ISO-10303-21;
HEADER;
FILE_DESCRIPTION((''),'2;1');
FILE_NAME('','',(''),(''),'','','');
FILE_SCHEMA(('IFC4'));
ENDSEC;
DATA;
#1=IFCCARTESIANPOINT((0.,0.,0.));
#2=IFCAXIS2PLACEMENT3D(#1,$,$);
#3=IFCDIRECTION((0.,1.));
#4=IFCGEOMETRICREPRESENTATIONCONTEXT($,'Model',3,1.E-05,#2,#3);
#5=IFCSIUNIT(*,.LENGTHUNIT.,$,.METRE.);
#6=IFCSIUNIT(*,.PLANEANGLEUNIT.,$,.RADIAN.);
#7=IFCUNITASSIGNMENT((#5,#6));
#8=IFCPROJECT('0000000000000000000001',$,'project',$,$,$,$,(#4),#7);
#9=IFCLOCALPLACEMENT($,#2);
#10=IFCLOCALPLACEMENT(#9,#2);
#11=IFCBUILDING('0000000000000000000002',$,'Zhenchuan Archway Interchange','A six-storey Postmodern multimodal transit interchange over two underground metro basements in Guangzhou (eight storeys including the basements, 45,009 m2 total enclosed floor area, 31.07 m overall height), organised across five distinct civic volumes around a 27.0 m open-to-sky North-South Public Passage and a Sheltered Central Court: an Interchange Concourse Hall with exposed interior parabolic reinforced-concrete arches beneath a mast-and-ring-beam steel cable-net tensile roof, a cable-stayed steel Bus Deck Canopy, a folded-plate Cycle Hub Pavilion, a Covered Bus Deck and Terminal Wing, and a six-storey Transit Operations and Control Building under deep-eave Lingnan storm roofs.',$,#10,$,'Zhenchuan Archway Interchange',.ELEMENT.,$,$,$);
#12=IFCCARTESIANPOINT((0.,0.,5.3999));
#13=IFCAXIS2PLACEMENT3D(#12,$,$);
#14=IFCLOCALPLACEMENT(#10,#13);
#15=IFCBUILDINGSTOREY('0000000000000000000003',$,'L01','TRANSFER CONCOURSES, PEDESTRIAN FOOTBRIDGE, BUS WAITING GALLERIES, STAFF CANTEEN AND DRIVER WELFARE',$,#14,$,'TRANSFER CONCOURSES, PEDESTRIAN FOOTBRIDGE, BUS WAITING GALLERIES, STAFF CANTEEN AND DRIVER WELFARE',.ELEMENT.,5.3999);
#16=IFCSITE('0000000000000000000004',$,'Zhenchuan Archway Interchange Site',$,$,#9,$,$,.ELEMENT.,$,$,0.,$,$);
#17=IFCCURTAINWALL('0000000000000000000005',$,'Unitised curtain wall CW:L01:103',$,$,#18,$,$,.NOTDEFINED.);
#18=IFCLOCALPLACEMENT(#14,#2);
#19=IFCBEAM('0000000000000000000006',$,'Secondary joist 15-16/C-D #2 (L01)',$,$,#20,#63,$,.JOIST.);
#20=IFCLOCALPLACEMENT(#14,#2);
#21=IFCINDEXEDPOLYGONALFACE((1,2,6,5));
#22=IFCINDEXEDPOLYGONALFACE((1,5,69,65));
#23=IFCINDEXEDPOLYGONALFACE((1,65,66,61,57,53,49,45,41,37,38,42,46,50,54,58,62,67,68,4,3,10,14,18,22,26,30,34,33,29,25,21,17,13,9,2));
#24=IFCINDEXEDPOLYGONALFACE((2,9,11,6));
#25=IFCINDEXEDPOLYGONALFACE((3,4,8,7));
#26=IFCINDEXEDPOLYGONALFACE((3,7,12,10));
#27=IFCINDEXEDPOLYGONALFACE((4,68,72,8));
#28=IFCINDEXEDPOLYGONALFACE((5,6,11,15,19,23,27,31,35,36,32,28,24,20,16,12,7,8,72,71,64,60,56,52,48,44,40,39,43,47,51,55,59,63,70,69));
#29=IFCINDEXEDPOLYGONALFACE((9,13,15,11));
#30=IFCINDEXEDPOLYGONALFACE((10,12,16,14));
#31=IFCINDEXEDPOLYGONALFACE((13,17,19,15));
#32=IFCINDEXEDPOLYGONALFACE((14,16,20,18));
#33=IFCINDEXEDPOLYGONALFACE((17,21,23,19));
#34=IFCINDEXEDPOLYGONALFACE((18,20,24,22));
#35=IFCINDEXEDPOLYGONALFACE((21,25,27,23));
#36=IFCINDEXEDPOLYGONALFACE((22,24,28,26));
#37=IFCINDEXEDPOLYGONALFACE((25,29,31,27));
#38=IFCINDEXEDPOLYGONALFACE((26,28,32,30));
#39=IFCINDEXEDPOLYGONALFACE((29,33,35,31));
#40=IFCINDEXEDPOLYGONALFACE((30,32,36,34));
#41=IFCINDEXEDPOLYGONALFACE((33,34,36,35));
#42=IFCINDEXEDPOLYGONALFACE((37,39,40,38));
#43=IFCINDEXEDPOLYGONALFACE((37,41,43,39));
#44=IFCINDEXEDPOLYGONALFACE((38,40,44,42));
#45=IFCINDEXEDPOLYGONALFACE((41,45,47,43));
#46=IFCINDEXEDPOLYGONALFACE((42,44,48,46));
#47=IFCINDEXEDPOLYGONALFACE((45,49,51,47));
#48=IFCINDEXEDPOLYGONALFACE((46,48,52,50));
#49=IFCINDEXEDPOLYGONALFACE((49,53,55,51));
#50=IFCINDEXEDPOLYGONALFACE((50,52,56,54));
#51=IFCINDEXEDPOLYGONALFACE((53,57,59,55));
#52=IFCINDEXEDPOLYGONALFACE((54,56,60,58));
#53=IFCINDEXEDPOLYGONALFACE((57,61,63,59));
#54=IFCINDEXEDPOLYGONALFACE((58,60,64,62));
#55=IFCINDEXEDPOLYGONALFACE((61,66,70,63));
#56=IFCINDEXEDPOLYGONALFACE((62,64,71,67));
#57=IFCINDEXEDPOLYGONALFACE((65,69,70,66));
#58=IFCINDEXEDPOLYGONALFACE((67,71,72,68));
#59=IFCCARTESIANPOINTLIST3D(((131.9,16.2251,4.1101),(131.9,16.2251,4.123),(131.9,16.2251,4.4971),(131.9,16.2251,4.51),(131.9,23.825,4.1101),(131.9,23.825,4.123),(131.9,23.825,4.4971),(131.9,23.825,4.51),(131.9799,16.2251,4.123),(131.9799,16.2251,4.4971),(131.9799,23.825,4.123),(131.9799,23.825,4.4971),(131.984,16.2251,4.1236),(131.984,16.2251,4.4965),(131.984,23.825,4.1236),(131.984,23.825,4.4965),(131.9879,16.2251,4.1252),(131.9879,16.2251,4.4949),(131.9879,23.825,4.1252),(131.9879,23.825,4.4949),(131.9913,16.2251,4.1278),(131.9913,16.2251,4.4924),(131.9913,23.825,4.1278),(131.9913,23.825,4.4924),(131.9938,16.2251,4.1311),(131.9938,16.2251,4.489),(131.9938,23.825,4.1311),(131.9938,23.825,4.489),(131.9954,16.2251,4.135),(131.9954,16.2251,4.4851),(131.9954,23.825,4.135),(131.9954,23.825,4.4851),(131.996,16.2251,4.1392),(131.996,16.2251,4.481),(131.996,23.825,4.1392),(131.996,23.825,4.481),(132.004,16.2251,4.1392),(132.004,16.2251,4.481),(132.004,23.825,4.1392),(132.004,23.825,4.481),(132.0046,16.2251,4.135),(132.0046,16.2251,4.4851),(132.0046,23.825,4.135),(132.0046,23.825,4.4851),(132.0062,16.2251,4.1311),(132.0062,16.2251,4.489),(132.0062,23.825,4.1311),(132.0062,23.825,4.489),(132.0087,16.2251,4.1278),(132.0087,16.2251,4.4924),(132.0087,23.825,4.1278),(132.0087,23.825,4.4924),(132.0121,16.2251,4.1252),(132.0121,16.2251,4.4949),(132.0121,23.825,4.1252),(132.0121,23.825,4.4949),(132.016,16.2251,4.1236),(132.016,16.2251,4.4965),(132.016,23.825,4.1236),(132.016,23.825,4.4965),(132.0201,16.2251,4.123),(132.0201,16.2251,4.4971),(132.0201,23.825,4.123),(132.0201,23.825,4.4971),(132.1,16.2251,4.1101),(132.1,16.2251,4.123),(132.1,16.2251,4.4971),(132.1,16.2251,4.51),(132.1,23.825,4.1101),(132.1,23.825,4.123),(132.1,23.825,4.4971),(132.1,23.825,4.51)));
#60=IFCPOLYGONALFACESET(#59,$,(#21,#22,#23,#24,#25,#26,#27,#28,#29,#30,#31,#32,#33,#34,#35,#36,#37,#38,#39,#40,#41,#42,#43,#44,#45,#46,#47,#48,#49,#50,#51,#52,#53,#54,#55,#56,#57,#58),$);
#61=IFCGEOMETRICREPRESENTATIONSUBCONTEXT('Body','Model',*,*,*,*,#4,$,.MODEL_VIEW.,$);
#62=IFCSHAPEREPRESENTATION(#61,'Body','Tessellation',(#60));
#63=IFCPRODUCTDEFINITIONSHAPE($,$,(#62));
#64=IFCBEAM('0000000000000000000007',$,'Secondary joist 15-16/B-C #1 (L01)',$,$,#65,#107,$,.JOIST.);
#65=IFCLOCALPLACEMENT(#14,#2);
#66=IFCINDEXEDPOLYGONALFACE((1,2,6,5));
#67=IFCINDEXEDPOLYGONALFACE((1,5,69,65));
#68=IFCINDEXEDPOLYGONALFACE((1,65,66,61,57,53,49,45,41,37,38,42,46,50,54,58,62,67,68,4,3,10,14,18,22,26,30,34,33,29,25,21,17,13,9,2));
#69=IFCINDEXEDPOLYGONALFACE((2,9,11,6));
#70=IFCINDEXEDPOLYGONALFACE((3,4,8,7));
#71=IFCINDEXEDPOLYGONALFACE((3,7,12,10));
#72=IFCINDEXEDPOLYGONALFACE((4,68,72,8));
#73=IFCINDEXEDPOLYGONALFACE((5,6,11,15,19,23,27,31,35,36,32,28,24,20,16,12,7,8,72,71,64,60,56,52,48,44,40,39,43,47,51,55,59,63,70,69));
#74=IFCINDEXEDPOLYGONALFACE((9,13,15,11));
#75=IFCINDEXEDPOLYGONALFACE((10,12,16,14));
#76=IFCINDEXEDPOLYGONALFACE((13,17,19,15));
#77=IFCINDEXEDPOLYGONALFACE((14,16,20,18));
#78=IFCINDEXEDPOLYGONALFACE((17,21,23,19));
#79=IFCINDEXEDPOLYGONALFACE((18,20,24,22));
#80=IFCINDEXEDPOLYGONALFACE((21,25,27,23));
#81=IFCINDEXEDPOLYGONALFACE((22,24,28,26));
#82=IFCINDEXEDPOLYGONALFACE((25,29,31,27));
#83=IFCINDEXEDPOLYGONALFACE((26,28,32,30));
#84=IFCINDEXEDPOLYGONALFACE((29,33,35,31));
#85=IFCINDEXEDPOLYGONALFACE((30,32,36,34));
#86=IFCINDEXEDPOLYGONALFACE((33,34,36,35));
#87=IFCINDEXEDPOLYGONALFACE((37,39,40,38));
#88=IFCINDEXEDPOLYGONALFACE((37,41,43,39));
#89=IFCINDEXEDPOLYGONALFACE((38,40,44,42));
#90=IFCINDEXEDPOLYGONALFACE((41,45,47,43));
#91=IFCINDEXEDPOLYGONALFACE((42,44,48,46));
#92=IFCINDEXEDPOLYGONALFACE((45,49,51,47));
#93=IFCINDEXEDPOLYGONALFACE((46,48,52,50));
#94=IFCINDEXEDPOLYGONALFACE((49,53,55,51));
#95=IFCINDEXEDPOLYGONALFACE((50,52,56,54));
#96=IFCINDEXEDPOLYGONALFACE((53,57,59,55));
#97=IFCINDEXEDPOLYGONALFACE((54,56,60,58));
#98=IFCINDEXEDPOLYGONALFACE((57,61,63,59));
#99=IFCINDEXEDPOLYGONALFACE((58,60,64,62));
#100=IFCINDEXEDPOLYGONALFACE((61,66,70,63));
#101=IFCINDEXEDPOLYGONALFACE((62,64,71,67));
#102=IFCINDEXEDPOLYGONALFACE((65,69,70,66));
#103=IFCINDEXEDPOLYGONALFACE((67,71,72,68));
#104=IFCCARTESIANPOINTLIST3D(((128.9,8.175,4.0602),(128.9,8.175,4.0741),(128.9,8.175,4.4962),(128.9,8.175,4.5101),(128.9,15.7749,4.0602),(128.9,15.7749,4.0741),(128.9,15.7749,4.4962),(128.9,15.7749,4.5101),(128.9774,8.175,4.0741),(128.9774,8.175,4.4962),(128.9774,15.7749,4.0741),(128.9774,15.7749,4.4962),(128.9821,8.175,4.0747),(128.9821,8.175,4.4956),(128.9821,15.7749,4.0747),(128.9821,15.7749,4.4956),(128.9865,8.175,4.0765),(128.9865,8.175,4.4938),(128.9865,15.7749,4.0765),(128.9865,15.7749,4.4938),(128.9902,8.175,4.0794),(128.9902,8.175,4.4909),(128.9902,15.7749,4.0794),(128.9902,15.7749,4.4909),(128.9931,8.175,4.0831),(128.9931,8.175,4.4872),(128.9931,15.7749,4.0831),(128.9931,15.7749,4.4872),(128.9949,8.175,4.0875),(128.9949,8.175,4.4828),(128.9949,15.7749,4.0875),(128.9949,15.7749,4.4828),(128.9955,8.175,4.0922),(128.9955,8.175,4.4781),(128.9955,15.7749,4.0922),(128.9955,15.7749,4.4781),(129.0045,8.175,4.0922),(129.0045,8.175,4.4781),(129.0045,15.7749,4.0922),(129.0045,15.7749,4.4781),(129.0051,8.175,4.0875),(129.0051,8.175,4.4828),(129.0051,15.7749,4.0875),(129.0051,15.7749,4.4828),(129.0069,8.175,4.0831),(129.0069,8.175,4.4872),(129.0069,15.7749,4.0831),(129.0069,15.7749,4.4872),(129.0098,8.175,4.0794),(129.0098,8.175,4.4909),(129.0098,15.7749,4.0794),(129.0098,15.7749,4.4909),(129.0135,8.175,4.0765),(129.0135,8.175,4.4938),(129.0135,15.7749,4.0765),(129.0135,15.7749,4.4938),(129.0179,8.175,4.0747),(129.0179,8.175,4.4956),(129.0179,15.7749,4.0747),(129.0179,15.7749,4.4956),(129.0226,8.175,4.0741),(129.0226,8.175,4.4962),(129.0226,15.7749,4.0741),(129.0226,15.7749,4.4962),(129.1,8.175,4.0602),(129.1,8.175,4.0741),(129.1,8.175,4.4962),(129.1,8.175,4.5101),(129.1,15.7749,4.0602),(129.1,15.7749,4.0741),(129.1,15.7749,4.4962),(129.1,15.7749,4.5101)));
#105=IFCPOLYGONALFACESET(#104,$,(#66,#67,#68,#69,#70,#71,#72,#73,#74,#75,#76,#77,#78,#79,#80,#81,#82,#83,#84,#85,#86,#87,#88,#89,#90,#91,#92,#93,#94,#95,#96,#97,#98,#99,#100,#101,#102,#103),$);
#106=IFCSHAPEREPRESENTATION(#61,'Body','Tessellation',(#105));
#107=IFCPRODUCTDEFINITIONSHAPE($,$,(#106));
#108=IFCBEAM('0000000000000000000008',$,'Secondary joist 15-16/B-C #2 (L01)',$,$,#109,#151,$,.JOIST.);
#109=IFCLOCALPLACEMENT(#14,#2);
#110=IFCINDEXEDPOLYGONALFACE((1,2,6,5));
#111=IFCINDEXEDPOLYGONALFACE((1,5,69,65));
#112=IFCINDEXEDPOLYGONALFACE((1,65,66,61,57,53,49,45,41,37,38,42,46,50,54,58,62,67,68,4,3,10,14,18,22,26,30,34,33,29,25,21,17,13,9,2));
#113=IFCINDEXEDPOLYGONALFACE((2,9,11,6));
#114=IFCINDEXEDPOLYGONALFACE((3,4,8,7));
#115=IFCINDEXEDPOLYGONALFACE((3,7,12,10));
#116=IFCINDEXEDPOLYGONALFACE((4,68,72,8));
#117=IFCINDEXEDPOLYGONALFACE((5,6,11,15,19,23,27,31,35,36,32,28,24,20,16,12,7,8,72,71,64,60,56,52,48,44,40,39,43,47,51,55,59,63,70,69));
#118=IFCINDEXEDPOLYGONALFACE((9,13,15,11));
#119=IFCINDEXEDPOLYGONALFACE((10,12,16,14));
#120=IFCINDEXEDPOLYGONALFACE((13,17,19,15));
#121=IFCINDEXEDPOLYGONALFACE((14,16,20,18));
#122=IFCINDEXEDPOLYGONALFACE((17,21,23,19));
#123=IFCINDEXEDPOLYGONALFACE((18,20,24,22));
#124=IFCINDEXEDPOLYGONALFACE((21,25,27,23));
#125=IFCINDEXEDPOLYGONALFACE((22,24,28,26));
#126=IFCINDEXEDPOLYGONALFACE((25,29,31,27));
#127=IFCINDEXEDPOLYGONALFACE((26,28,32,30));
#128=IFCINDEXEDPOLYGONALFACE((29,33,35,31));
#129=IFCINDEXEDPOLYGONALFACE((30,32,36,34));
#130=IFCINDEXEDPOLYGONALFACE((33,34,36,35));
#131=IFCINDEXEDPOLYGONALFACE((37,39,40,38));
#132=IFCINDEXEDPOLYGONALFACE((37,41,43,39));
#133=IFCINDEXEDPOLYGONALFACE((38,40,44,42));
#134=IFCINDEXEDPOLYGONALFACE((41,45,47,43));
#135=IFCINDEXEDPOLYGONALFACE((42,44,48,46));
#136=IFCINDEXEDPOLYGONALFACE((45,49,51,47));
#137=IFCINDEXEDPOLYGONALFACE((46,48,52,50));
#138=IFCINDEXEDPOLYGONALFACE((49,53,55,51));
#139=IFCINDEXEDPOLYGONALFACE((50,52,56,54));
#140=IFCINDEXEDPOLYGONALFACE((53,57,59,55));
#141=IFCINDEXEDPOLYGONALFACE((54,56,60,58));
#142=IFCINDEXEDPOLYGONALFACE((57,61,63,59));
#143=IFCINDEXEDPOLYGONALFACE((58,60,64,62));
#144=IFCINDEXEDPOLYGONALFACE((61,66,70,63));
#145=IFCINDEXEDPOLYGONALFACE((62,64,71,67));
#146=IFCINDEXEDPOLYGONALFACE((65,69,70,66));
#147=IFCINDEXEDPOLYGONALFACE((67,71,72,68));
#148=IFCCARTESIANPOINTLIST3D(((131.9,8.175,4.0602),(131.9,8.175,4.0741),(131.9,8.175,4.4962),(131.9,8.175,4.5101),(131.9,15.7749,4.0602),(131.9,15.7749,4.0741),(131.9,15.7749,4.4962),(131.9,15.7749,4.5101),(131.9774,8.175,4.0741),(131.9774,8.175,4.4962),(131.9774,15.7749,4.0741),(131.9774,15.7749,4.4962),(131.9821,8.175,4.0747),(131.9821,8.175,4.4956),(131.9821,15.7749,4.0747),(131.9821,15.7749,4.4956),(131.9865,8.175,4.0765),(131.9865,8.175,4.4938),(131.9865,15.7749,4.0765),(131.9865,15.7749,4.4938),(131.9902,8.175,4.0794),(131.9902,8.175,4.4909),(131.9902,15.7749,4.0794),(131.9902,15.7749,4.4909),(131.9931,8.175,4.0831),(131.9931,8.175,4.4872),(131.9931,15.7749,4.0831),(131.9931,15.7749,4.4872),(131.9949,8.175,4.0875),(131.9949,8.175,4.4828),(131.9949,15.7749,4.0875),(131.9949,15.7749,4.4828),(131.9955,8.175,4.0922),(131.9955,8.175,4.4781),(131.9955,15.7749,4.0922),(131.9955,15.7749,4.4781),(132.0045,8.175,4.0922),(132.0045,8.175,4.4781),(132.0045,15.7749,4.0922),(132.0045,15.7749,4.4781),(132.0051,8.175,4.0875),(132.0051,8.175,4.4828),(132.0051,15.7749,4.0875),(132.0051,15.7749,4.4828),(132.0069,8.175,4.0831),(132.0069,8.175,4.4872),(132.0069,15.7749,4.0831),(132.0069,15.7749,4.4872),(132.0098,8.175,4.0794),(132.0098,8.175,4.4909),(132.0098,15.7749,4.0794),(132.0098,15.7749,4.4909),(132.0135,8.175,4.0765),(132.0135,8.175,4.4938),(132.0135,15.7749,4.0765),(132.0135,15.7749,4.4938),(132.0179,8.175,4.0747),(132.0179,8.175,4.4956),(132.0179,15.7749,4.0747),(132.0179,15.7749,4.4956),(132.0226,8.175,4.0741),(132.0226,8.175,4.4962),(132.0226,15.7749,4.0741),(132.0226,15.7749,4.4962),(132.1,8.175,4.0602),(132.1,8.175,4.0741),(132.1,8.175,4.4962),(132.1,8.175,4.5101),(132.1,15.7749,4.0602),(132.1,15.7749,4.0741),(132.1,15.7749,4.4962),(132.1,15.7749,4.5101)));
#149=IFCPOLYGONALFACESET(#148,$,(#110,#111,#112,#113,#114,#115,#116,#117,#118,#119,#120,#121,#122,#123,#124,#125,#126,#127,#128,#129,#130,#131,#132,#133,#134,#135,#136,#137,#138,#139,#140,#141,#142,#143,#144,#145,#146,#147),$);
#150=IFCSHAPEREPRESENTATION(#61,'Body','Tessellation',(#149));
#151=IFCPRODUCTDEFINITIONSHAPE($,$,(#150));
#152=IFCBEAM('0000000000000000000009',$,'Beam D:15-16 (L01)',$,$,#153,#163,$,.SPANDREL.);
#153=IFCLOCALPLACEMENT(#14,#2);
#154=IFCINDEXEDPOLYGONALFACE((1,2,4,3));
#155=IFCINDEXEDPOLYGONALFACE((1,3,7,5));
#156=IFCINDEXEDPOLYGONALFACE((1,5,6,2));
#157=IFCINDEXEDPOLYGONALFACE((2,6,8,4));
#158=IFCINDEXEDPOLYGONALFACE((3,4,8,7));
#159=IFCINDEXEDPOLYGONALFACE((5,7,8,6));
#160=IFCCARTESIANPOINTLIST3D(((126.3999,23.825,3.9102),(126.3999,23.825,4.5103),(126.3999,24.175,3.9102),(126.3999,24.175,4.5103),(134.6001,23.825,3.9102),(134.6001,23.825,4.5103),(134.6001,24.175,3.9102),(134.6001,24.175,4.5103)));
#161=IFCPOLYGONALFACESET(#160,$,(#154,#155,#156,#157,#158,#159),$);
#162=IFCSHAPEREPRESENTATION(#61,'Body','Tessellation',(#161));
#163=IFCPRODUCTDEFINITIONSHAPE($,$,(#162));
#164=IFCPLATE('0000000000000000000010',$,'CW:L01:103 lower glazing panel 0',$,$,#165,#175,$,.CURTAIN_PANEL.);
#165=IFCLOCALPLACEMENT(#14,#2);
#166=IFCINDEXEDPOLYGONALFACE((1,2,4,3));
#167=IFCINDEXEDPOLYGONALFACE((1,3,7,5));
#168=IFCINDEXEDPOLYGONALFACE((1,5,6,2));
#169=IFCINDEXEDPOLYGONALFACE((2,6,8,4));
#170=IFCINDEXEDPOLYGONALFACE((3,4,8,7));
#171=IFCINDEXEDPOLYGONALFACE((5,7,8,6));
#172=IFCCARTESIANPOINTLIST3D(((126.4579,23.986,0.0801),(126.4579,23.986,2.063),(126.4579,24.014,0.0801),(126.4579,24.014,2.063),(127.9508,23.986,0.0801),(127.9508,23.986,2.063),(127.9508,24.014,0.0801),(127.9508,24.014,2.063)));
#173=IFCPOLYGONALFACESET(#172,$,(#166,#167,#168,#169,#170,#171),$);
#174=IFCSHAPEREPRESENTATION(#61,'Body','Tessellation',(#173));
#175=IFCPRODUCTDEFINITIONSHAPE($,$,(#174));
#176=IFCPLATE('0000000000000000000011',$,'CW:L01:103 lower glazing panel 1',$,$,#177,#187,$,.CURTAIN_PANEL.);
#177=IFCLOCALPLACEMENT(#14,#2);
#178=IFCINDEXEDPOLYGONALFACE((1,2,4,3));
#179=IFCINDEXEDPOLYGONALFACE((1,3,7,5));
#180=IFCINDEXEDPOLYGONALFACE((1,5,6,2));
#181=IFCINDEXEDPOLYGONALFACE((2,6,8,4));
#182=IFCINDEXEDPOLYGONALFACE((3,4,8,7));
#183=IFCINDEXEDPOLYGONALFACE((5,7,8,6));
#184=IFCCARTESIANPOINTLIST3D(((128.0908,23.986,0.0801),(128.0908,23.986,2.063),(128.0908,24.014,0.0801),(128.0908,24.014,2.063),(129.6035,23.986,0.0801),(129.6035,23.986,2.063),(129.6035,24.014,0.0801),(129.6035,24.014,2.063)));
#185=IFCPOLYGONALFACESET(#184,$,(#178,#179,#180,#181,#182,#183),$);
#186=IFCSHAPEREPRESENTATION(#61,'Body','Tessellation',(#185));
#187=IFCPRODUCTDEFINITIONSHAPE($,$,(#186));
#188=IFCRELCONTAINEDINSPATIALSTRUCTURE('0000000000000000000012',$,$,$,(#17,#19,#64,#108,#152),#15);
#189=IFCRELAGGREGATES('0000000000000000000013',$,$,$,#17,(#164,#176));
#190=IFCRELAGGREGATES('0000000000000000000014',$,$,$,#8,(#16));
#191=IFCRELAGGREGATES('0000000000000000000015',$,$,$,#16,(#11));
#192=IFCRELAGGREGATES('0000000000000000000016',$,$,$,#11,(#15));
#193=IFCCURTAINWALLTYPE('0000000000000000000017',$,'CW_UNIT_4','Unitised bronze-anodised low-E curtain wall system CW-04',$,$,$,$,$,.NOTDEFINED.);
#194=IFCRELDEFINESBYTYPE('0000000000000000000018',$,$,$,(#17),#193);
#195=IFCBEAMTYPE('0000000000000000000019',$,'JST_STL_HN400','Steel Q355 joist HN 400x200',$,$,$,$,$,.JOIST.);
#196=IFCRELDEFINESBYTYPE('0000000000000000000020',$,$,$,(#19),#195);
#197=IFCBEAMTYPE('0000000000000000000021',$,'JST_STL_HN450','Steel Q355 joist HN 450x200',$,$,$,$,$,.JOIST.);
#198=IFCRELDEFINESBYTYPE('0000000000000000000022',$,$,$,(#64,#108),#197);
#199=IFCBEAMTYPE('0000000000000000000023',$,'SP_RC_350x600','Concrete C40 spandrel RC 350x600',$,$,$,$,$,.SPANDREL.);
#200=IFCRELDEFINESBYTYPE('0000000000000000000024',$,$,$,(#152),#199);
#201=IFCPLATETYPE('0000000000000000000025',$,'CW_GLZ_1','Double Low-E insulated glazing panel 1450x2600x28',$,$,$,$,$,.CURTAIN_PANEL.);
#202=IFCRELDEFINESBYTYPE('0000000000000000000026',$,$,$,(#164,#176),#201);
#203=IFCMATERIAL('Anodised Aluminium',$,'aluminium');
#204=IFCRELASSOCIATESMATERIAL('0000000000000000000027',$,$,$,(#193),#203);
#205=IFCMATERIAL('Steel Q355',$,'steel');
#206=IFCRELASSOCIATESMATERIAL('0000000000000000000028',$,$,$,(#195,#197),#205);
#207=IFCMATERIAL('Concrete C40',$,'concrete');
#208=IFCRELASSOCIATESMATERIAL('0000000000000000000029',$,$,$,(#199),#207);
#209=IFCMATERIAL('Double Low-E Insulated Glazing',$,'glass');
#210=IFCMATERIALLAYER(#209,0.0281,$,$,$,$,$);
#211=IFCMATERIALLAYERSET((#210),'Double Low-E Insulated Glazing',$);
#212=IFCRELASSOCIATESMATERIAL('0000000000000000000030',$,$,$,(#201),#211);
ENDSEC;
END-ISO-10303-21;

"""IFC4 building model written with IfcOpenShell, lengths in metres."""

from ifc_helpers import new_model, si_unit, direction, frame, origin, origin_2d, place, context, subcontext, project, spatial, rectangle, i_section, extrude, material, layer, layer_set, material_profile, profile_set, type_object, element, aggregate, save


model = new_model("IFC4")

# Units and contexts
model_context = context("Model", 3, precision=1e-05, world=origin(), true_north=direction((0.0, 1.0)))
body_context = subcontext(model_context, "Body", "Model", "MODEL_VIEW")
ifc_project = project(units=[si_unit("LENGTHUNIT", "METRE"), si_unit("PLANEANGLEUNIT", "RADIAN")], contexts=[model_context])

# Site, building, storey
site_placement = place(None, origin())
site = spatial("IfcSite", under=ifc_project, at=site_placement, Name="Zhenchuan Archway Interchange Site", CompositionType="ELEMENT", RefElevation=0.0)
building_placement = place(site_placement, origin())
building = spatial("IfcBuilding", under=site, at=building_placement, Name="Zhenchuan Archway Interchange", Description="A six-storey Postmodern multimodal transit interchange over two underground metro basements in Guangzhou (eight storeys including the basements, 45,009 m2 total enclosed floor area, 31.07 m overall height), organised across five distinct civic volumes around a 27.0 m open-to-sky North-South Public Passage and a Sheltered Central Court: an Interchange Concourse Hall with exposed interior parabolic reinforced-concrete arches beneath a mast-and-ring-beam steel cable-net tensile roof, a cable-stayed steel Bus Deck Canopy, a folded-plate Cycle Hub Pavilion, a Covered Bus Deck and Terminal Wing, and a six-storey Transit Operations and Control Building under deep-eave Lingnan storm roofs.", LongName="Zhenchuan Archway Interchange", CompositionType="ELEMENT")
storey_placement = place(building_placement, frame((0.0, 0.0, 5.3999)))
storey = spatial("IfcBuildingStorey", under=building, at=storey_placement, Name="L01", Description="TRANSFER CONCOURSES, PEDESTRIAN FOOTBRIDGE, BUS WAITING GALLERIES, STAFF CANTEEN AND DRIVER WELFARE", LongName="TRANSFER CONCOURSES, PEDESTRIAN FOOTBRIDGE, BUS WAITING GALLERIES, STAFF CANTEEN AND DRIVER WELFARE", CompositionType="ELEMENT", Elevation=5.3999)

# Shared definitions
ifc_material_1 = material(Name="Concrete C40", Category="concrete")

# Shared definitions
ifc_material_2 = material(Name="Anodised Aluminium", Category="aluminium")
curtain_wall_type = type_object("IfcCurtainWallType", Name="CW_UNIT_4", Description="Unitised bronze-anodised low-E curtain wall system CW-04", PredefinedType="NOTDEFINED", material=ifc_material_2)

# Curtain wall
curtain_wall_1_placement = place(storey_placement, origin())
curtain_wall_1 = element("IfcCurtainWall", 1, at=curtain_wall_1_placement, inside=storey, type_object=curtain_wall_type, Name="Unitised curtain wall CW:L01:103", PredefinedType="NOTDEFINED")

# Beams
ifc_material_3 = material(Name="Steel Q355", Category="steel")
ifc_material_profile_1 = material_profile(ifc_material_3, i_section(OverallWidth=0.2, OverallDepth=0.3999, WebThickness=0.0081, FlangeThickness=0.0129, FilletRadius=0.0161, at=origin_2d()), Name="HN 400x200")
ifc_profile_set_1 = profile_set([ifc_material_profile_1], Name="Steel Q355")
beam_type_1 = type_object("IfcBeamType", Name="JST_STL_HN400", Description="Steel Q355 joist HN 400x200", PredefinedType="JOIST", material=ifc_profile_set_1)
for number, where, z_axis, x_axis, name in (
    (2, (132.0, 16.2251, 4.3101), (0.0, 1.0, 0.0), (-1.0, 0.0, 0.0), "Secondary joist 15-16/C-D #2 (L01)"),
):
    element("IfcBeam", number, at=place(storey_placement, frame(where, z_axis=z_axis, x_axis=x_axis)), inside=storey, type_object=beam_type_1, Name=name, PredefinedType="JOIST", context=body_context, shape_type="SweptSolid", body=[
        extrude(i_section(OverallWidth=0.2, OverallDepth=0.3999, WebThickness=0.0081, FlangeThickness=0.0129, FilletRadius=0.0161, at=origin_2d()), origin(), (0.0, 0.0, 1.0), 7.5999),
    ])
ifc_material_profile_2 = material_profile(ifc_material_3, i_section(OverallWidth=0.2, OverallDepth=0.45, WebThickness=0.009, FlangeThickness=0.0139, FilletRadius=0.0181, at=origin_2d()), Name="HN 450x200")
ifc_profile_set_2 = profile_set([ifc_material_profile_2], Name="Steel Q355")
beam_type_2 = type_object("IfcBeamType", Name="JST_STL_HN450", Description="Steel Q355 joist HN 450x200", PredefinedType="JOIST", material=ifc_profile_set_2)
for number, where, z_axis, x_axis, name in (
    (3, (129.0, 8.175, 4.2852), (0.0, 1.0, 0.0), (-1.0, 0.0, 0.0), "Secondary joist 15-16/B-C #1 (L01)"),
    (4, (132.0, 8.175, 4.2852), (0.0, 1.0, 0.0), (-1.0, 0.0, 0.0), "Secondary joist 15-16/B-C #2 (L01)"),
):
    element("IfcBeam", number, at=place(storey_placement, frame(where, z_axis=z_axis, x_axis=x_axis)), inside=storey, type_object=beam_type_2, Name=name, PredefinedType="JOIST", context=body_context, shape_type="SweptSolid", body=[
        extrude(i_section(OverallWidth=0.2, OverallDepth=0.45, WebThickness=0.009, FlangeThickness=0.0139, FilletRadius=0.0181, at=origin_2d()), origin(), (0.0, 0.0, 1.0), 7.5999),
    ])
ifc_material_profile_3 = material_profile(ifc_material_1, rectangle(XDim=0.3501, YDim=0.6001, at=origin_2d()), Name="RC 350x600")
ifc_profile_set_3 = profile_set([ifc_material_profile_3], Name="Concrete C40")
beam_type_3 = type_object("IfcBeamType", Name="SP_RC_350x600", Description="Concrete C40 spandrel RC 350x600", PredefinedType="SPANDREL", material=ifc_profile_set_3)
beam_1_placement = place(storey_placement, frame((126.3999, 24.0, 4.2102), z_axis=(1.0, 0.0, 0.0), x_axis=(0.0, 1.0, 0.0)))
element("IfcBeam", 5, at=beam_1_placement, inside=storey, type_object=beam_type_3, Name="Beam D:15-16 (L01)", PredefinedType="SPANDREL", context=body_context, shape_type="SweptSolid", body=[
    extrude(rectangle(XDim=0.3501, YDim=0.6001, at=origin_2d()), origin(), (0.0, 0.0, 1.0), 8.2002),
])

# Plates
ifc_material_4 = material(Name="Double Low-E Insulated Glazing", Category="glass")
ifc_layer_1 = layer(ifc_material_4, 0.0281)
ifc_layer_set_1 = layer_set([ifc_layer_1], Name="Double Low-E Insulated Glazing")
plate_type_1 = type_object("IfcPlateType", Name="CW_GLZ_1", Description="Double Low-E insulated glazing panel 1450x2600x28", PredefinedType="CURTAIN_PANEL", material=ifc_layer_set_1)
plate_1_placement = place(storey_placement, frame((127.2043, 24.0, 0.0801), z_axis=(0.0, 0.0, 1.0), x_axis=(1.0, 0.0, 0.0)))
plate_1 = element("IfcPlate", 6, at=plate_1_placement, type_object=plate_type_1, Name="CW:L01:103 lower glazing panel 0", PredefinedType="CURTAIN_PANEL", context=body_context, shape_type="SweptSolid", body=[
    extrude(rectangle(XDim=1.4929, YDim=0.0281, at=origin_2d()), origin(), (0.0, 0.0, 1.0), 1.9829),
])
plate_2_placement = place(storey_placement, frame((128.8472, 24.0, 0.0801), z_axis=(0.0, 0.0, 1.0), x_axis=(1.0, 0.0, 0.0)))
plate_2 = element("IfcPlate", 7, at=plate_2_placement, type_object=plate_type_1, Name="CW:L01:103 lower glazing panel 1", PredefinedType="CURTAIN_PANEL", context=body_context, shape_type="SweptSolid", body=[
    extrude(rectangle(XDim=1.5127, YDim=0.0281, at=origin_2d()), origin(), (0.0, 0.0, 1.0), 1.9829),
])
aggregate(curtain_wall_1, [plate_1, plate_2])

save(model, "model.ifc")
